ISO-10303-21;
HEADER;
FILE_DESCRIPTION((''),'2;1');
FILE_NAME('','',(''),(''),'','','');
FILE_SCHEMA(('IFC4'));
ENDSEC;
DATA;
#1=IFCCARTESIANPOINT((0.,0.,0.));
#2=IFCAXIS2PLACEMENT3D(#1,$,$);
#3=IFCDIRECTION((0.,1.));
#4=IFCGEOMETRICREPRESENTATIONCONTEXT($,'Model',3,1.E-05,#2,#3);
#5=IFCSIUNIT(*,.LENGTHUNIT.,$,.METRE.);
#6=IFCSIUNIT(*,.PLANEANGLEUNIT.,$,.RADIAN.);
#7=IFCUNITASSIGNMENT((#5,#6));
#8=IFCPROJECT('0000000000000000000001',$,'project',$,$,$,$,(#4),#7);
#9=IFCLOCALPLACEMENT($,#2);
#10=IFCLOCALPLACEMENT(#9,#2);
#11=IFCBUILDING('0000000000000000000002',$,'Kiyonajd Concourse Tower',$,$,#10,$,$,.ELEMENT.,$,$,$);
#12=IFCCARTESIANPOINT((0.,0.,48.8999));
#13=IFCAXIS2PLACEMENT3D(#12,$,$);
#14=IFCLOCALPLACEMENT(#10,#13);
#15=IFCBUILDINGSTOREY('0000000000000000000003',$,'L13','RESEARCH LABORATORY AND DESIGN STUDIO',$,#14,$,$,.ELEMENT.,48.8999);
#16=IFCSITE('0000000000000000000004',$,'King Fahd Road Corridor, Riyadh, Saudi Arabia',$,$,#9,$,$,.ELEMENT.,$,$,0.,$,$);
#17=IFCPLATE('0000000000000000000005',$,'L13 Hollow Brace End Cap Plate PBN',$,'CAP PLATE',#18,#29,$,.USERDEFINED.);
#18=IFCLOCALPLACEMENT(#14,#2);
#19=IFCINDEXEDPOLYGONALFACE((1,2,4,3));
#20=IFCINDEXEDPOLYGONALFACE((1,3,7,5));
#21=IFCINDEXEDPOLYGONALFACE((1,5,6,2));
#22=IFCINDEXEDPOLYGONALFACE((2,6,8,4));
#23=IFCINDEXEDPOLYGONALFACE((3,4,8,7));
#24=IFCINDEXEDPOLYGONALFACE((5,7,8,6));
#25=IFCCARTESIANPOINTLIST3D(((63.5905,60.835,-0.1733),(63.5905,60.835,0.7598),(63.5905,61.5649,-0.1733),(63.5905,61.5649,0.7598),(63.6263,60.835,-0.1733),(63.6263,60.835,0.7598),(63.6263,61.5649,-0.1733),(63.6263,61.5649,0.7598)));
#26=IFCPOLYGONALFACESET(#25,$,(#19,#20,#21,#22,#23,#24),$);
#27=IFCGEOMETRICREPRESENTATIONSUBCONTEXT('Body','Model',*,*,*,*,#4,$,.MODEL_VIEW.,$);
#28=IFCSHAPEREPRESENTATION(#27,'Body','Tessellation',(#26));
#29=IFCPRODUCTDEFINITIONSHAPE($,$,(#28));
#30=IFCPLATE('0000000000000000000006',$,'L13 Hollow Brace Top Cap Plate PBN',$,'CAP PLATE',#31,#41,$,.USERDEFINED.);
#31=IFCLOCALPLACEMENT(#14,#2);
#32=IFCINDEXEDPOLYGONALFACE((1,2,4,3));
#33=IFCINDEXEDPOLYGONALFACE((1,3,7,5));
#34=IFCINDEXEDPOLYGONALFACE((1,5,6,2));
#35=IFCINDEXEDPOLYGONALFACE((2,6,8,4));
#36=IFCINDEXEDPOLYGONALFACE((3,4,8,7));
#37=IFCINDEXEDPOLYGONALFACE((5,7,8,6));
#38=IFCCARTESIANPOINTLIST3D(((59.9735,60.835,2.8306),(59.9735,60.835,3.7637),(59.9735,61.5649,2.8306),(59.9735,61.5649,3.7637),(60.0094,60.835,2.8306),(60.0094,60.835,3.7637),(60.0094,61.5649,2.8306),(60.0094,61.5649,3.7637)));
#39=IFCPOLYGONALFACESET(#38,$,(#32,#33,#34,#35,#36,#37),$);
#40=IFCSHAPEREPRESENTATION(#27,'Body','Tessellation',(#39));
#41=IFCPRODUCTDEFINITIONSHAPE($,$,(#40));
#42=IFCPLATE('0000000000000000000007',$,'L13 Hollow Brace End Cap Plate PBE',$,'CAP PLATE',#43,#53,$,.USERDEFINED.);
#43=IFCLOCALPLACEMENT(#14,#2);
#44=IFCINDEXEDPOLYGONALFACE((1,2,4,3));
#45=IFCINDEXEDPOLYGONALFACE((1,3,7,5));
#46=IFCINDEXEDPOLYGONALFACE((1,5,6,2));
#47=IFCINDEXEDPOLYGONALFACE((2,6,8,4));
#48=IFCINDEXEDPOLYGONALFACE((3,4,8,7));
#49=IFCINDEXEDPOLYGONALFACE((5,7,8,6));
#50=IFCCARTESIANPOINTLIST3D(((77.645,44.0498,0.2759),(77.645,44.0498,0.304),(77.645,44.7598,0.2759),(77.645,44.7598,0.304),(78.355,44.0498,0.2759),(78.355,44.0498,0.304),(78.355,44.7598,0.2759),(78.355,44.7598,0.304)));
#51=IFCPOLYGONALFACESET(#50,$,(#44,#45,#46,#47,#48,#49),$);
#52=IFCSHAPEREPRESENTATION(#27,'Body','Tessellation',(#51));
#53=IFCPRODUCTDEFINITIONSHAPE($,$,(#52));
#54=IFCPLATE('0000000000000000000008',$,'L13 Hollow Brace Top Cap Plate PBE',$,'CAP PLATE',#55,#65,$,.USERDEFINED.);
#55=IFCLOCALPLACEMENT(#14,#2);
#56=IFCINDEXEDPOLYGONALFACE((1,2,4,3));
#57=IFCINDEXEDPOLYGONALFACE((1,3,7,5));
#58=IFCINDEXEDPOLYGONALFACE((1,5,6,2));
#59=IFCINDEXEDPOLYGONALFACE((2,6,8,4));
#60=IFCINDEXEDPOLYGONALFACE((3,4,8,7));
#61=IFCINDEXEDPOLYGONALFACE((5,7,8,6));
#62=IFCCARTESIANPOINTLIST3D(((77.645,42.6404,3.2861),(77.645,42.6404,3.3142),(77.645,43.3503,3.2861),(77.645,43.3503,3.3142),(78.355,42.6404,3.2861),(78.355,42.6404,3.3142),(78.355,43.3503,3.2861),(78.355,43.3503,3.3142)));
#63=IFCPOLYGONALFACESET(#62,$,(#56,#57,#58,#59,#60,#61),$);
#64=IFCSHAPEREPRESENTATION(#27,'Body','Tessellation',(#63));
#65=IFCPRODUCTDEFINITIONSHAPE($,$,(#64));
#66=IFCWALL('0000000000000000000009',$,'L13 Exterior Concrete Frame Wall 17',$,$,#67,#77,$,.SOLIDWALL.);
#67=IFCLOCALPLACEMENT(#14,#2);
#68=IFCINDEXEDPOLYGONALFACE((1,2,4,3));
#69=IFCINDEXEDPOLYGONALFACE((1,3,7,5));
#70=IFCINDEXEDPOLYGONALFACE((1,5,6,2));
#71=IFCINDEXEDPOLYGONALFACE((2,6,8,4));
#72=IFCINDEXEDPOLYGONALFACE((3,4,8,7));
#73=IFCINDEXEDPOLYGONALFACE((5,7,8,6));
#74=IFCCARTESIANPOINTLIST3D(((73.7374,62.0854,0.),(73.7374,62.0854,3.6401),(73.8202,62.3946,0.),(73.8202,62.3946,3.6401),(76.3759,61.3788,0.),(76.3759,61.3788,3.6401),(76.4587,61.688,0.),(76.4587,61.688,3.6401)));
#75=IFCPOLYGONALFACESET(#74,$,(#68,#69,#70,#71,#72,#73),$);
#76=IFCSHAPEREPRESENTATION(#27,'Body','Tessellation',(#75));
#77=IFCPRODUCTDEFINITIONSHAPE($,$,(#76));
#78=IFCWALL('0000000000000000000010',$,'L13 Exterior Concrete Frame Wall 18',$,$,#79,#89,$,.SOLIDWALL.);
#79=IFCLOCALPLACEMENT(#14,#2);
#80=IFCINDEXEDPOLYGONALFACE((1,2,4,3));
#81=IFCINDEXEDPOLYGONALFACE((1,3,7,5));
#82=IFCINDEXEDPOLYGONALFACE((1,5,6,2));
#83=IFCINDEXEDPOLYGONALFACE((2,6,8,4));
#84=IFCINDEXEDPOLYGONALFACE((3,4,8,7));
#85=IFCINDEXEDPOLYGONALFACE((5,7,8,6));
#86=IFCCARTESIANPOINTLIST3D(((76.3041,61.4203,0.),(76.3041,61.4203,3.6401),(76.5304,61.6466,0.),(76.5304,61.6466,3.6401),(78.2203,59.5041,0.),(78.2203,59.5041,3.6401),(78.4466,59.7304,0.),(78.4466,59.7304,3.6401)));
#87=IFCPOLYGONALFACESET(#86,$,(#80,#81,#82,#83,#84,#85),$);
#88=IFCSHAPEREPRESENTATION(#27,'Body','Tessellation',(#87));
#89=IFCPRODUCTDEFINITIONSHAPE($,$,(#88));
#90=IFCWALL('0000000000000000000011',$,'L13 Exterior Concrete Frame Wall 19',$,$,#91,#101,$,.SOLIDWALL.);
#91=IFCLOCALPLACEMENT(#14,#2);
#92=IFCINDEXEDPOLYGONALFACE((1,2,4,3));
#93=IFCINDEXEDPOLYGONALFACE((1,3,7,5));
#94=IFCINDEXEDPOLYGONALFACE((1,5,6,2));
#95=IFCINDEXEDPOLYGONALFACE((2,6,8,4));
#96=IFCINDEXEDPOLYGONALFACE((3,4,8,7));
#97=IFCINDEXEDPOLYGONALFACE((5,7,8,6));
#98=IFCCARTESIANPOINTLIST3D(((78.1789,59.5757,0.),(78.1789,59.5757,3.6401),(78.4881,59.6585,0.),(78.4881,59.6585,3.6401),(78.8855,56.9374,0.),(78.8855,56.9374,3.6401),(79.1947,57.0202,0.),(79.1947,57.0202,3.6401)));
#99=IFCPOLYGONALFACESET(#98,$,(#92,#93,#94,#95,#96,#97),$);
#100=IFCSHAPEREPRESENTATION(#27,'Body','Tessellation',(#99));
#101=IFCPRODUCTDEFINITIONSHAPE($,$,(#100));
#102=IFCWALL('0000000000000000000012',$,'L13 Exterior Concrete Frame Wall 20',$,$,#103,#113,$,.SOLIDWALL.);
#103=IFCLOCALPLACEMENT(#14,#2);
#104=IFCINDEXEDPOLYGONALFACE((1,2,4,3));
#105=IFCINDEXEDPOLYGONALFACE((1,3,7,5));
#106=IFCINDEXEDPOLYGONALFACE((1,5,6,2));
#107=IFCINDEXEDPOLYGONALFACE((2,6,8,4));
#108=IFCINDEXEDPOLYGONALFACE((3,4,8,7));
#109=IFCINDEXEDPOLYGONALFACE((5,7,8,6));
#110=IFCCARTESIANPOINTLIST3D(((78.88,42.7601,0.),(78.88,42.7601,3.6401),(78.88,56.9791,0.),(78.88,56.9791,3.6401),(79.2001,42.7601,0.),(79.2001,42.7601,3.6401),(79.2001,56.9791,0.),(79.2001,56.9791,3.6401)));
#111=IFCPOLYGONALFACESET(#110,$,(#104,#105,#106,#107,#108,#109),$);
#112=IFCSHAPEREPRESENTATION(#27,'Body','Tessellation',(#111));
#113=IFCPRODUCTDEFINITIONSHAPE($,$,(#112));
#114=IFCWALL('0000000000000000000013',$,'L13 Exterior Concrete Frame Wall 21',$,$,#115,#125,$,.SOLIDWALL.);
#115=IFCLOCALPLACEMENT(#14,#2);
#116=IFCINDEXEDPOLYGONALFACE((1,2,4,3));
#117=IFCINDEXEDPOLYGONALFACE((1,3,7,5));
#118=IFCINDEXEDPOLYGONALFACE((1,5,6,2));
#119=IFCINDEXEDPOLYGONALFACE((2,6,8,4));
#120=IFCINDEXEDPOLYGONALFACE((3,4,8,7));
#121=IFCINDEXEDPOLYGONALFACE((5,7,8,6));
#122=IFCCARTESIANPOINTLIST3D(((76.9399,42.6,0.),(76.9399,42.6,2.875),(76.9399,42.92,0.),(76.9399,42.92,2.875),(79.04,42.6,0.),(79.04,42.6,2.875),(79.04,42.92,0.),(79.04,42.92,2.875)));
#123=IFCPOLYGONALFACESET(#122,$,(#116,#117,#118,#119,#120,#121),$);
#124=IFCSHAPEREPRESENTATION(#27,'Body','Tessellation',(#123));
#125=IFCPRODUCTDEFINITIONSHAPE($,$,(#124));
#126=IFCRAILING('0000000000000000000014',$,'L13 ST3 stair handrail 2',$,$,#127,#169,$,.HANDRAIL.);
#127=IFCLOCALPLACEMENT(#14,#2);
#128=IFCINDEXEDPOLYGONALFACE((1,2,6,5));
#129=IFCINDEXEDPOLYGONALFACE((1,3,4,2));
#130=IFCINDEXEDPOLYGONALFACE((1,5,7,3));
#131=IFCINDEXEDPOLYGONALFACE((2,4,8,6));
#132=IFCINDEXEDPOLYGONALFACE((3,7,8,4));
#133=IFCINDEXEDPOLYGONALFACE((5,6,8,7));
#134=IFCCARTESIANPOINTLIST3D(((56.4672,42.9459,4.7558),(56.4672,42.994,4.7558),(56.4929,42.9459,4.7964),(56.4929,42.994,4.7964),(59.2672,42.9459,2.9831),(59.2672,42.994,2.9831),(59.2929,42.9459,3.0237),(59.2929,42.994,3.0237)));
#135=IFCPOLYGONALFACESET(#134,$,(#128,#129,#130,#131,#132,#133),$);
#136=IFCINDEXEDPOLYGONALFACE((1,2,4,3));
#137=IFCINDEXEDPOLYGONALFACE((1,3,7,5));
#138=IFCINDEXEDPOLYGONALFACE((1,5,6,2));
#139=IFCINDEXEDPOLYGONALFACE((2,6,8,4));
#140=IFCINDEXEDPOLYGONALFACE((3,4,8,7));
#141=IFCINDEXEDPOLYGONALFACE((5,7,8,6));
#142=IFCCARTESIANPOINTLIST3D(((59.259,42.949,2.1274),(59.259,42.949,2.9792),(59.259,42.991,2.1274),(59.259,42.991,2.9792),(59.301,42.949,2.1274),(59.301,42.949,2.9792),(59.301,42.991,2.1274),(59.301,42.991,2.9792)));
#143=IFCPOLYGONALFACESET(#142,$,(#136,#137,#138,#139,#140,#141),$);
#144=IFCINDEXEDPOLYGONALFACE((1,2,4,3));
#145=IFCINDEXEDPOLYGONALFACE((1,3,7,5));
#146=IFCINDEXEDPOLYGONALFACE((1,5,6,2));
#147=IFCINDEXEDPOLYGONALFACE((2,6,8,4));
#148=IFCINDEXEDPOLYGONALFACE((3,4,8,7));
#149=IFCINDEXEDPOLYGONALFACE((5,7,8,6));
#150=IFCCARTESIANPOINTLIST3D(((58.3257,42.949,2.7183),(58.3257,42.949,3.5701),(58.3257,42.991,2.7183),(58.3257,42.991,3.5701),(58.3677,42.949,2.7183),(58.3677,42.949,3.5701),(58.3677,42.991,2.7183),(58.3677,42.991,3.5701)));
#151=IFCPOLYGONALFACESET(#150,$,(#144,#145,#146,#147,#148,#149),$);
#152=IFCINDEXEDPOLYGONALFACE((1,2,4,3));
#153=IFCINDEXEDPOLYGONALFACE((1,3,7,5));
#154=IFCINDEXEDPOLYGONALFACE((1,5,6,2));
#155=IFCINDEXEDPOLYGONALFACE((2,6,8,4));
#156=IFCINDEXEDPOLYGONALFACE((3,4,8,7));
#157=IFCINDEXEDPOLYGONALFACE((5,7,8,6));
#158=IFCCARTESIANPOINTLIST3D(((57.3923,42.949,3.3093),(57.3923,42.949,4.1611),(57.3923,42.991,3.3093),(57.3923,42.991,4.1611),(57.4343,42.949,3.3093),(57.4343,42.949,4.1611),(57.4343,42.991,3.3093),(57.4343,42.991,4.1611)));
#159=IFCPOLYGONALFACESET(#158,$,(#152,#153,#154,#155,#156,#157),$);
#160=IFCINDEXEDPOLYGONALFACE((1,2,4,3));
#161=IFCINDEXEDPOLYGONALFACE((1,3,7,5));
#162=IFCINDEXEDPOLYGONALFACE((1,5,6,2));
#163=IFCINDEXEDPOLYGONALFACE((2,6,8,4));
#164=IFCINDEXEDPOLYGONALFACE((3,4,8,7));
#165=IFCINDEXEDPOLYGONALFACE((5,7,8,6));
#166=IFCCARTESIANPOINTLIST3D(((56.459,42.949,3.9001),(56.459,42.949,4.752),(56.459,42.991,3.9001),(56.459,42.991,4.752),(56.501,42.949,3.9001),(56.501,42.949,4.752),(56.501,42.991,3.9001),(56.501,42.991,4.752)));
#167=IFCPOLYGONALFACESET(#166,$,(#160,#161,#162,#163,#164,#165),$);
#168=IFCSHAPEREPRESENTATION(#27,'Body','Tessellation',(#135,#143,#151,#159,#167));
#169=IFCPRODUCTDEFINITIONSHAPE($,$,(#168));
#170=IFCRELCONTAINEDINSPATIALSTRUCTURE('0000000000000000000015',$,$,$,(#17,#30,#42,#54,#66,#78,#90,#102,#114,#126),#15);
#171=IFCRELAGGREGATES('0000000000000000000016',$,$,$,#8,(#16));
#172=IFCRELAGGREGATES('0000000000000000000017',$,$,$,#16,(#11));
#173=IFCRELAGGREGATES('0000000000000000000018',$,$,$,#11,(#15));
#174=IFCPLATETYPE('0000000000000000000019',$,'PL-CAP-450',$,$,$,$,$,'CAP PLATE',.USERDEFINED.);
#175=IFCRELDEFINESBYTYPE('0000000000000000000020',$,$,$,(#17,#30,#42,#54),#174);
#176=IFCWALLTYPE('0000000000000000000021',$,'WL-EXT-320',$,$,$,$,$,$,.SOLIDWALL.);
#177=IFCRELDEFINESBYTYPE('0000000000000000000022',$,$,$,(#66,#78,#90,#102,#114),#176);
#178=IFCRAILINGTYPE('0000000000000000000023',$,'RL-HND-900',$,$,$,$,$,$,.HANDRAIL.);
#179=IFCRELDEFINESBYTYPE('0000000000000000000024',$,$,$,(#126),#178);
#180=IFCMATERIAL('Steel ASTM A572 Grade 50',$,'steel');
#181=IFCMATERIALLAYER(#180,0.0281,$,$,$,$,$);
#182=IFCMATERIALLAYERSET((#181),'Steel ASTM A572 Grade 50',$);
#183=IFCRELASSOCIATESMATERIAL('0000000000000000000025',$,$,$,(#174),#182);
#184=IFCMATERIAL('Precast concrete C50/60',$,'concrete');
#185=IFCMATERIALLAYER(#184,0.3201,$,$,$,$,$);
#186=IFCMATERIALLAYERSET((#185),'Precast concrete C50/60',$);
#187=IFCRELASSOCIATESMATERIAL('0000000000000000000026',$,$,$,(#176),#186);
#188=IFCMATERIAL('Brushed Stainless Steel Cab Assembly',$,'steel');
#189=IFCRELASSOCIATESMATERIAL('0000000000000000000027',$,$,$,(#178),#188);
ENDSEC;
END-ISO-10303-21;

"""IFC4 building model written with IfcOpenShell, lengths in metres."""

from ifc_helpers import new_model, si_unit, direction, frame, frame_2d, origin, origin_2d, place, context, subcontext, project, spatial, rectangle, extrude, material, layer, layer_set, type_object, element, save


model = new_model("IFC4")

# Units and contexts
model_context = context("Model", 3, precision=1e-05, world=origin(), true_north=direction((0.0, 1.0)))
body_context = subcontext(model_context, "Body", "Model", "MODEL_VIEW")
ifc_project = project(units=[si_unit("LENGTHUNIT", "METRE"), si_unit("PLANEANGLEUNIT", "RADIAN")], contexts=[model_context])

# Site, building, storey
site_placement = place(None, origin())
site = spatial("IfcSite", under=ifc_project, at=site_placement, Name="King Fahd Road Corridor, Riyadh, Saudi Arabia", CompositionType="ELEMENT", RefElevation=0.0)
building_placement = place(site_placement, origin())
building = spatial("IfcBuilding", under=site, at=building_placement, Name="Kiyonajd Concourse Tower", CompositionType="ELEMENT")
storey_placement = place(building_placement, frame((0.0, 0.0, 48.8999)))
storey = spatial("IfcBuildingStorey", under=building, at=storey_placement, Name="L13", Description="RESEARCH LABORATORY AND DESIGN STUDIO", CompositionType="ELEMENT", Elevation=48.8999)

# Shared definitions
ifc_material_1 = material(Name="Precast concrete C50/60", Category="concrete")

# Shared definitions
ifc_material_2 = material(Name="Steel ASTM A572 Grade 50", Category="steel")

# Plates
ifc_layer_1 = layer(ifc_material_2, 0.0281)
ifc_layer_set_1 = layer_set([ifc_layer_1], Name="Steel ASTM A572 Grade 50")
plate_type = type_object("IfcPlateType", Name="PL-CAP-450", ElementType="CAP PLATE", PredefinedType="USERDEFINED", material=ifc_layer_set_1)
for number, where, z_axis, x_axis, name in (
    (1, (63.6084, 61.2, -0.1733), (0.0, 0.0, 1.0), (1.0, 0.0, 0.0), "L13 Hollow Brace End Cap Plate PBN"),
    (2, (59.9915, 61.2, 2.8306), (0.0, 0.0, 1.0), (-1.0, 0.0, 0.0), "L13 Hollow Brace Top Cap Plate PBN"),
):
    element("IfcPlate", number, at=place(storey_placement, frame(where, z_axis=z_axis, x_axis=x_axis)), inside=storey, type_object=plate_type, Name=name, ObjectType="CAP PLATE", PredefinedType="USERDEFINED", context=body_context, shape_type="SweptSolid", body=[
        extrude(rectangle(XDim=0.0359, YDim=0.73, at=origin_2d()), origin(), (0.0, 0.0, 1.0), 0.9331),
    ])
for number, where, z_axis, x_axis, name in (
    (3, (78.0, 44.4048, 0.2759), (0.0, 0.0, 1.0), (1.0, 0.0, 0.0), "L13 Hollow Brace End Cap Plate PBE"),
    (4, (78.0, 42.9954, 3.2861), (0.0, 0.0, 1.0), (1.0, 0.0, 0.0), "L13 Hollow Brace Top Cap Plate PBE"),
):
    element("IfcPlate", number, at=place(storey_placement, frame(where, z_axis=z_axis, x_axis=x_axis)), inside=storey, type_object=plate_type, Name=name, ObjectType="CAP PLATE", PredefinedType="USERDEFINED", context=body_context, shape_type="SweptSolid", body=[
        extrude(rectangle(XDim=0.71, YDim=0.71, at=origin_2d()), origin(), (0.0, 0.0, 1.0), 0.0281),
    ])

# Walls
ifc_layer_2 = layer(ifc_material_1, 0.3201)
ifc_layer_set_2 = layer_set([ifc_layer_2], Name="Precast concrete C50/60")
wall_type = type_object("IfcWallType", Name="WL-EXT-320", PredefinedType="SOLIDWALL", material=ifc_layer_set_2)
wall_1_placement = place(storey_placement, frame((73.7788, 62.24, 0.0), z_axis=(0.0, 0.0, 1.0), x_axis=(0.965964, -0.258675, 0.0)))
element("IfcWall", 5, at=wall_1_placement, inside=storey, type_object=wall_type, Name="L13 Exterior Concrete Frame Wall 17", PredefinedType="SOLIDWALL", context=body_context, shape_type="SweptSolid", body=[
    extrude(rectangle(XDim=2.7314, YDim=0.3201, at=frame_2d((1.3657, 0.0))), origin(), (0.0, 0.0, 1.0), 3.6401),
])
wall_2_placement = place(storey_placement, frame((76.4172, 61.5334, 0.0), z_axis=(0.0, 0.0, 1.0), x_axis=(0.707107, -0.707107, 0.0)))
element("IfcWall", 6, at=wall_2_placement, inside=storey, type_object=wall_type, Name="L13 Exterior Concrete Frame Wall 18", PredefinedType="SOLIDWALL", context=body_context, shape_type="SweptSolid", body=[
    extrude(rectangle(XDim=2.71, YDim=0.3201, at=frame_2d((1.355, 0.0))), origin(), (0.0, 0.0, 1.0), 3.6401),
])
wall_3_placement = place(storey_placement, frame((78.3335, 59.6172, 0.0), z_axis=(0.0, 0.0, 1.0), x_axis=(0.258697, -0.965958, 0.0)))
element("IfcWall", 7, at=wall_3_placement, inside=storey, type_object=wall_type, Name="L13 Exterior Concrete Frame Wall 19", PredefinedType="SOLIDWALL", context=body_context, shape_type="SweptSolid", body=[
    extrude(rectangle(XDim=2.7312, YDim=0.3201, at=frame_2d((1.3657, 0.0))), origin(), (0.0, 0.0, 1.0), 3.6401),
])
wall_4_placement = place(storey_placement, frame((79.04, 56.979, 0.0), z_axis=(0.0, 0.0, 1.0), x_axis=(0.0, -1.0, 0.0)))
element("IfcWall", 8, at=wall_4_placement, inside=storey, type_object=wall_type, Name="L13 Exterior Concrete Frame Wall 20", PredefinedType="SOLIDWALL", context=body_context, shape_type="SweptSolid", body=[
    extrude(rectangle(XDim=14.219, YDim=0.3201, at=frame_2d((7.1094, 0.0))), origin(), (0.0, 0.0, 1.0), 3.6401),
])
wall_5_placement = place(storey_placement, frame((79.04, 42.76, 0.0), z_axis=(0.0, 0.0, 1.0), x_axis=(-1.0, 0.0, 0.0)))
element("IfcWall", 9, at=wall_5_placement, inside=storey, type_object=wall_type, Name="L13 Exterior Concrete Frame Wall 21", PredefinedType="SOLIDWALL", context=body_context, shape_type="SweptSolid", body=[
    extrude(rectangle(XDim=2.1001, YDim=0.3201, at=frame_2d((1.05, 0.0))), origin(), (0.0, 0.0, 1.0), 2.875),
])

# Railing
ifc_material_3 = material(Name="Brushed Stainless Steel Cab Assembly", Category="steel")
railing_type = type_object("IfcRailingType", Name="RL-HND-900", PredefinedType="HANDRAIL", material=ifc_material_3)
railing_placement = place(storey_placement, frame((59.28, 42.97, 2.1274)))
element("IfcRailing", 10, at=railing_placement, inside=storey, type_object=railing_type, Name="L13 ST3 stair handrail 2", PredefinedType="HANDRAIL", context=body_context, shape_type="SweptSolid", body=[
    extrude(rectangle(XDim=0.0481, YDim=0.0481, at=origin_2d()), frame((0.0, 0.0, 0.876), z_axis=(-0.844909, 0.0, 0.53491), x_axis=(0.0, -1.0, 0.0)), (0.0, 0.0, 1.0), 3.314),
    extrude(rectangle(XDim=0.042, YDim=0.042, at=origin_2d()), origin(), (0.0, 0.0, 1.0), 0.8518),
    extrude(rectangle(XDim=0.042, YDim=0.042, at=origin_2d()), frame((-0.9333, 0.0, 0.5908)), (0.0, 0.0, 1.0), 0.8518),
    extrude(rectangle(XDim=0.042, YDim=0.042, at=origin_2d()), frame((-1.8667, 0.0, 1.1819)), (0.0, 0.0, 1.0), 0.8518),
    extrude(rectangle(XDim=0.042, YDim=0.042, at=origin_2d()), frame((-2.8, 0.0, 1.7727)), (0.0, 0.0, 1.0), 0.8518),
])

save(model, "model.ifc")
